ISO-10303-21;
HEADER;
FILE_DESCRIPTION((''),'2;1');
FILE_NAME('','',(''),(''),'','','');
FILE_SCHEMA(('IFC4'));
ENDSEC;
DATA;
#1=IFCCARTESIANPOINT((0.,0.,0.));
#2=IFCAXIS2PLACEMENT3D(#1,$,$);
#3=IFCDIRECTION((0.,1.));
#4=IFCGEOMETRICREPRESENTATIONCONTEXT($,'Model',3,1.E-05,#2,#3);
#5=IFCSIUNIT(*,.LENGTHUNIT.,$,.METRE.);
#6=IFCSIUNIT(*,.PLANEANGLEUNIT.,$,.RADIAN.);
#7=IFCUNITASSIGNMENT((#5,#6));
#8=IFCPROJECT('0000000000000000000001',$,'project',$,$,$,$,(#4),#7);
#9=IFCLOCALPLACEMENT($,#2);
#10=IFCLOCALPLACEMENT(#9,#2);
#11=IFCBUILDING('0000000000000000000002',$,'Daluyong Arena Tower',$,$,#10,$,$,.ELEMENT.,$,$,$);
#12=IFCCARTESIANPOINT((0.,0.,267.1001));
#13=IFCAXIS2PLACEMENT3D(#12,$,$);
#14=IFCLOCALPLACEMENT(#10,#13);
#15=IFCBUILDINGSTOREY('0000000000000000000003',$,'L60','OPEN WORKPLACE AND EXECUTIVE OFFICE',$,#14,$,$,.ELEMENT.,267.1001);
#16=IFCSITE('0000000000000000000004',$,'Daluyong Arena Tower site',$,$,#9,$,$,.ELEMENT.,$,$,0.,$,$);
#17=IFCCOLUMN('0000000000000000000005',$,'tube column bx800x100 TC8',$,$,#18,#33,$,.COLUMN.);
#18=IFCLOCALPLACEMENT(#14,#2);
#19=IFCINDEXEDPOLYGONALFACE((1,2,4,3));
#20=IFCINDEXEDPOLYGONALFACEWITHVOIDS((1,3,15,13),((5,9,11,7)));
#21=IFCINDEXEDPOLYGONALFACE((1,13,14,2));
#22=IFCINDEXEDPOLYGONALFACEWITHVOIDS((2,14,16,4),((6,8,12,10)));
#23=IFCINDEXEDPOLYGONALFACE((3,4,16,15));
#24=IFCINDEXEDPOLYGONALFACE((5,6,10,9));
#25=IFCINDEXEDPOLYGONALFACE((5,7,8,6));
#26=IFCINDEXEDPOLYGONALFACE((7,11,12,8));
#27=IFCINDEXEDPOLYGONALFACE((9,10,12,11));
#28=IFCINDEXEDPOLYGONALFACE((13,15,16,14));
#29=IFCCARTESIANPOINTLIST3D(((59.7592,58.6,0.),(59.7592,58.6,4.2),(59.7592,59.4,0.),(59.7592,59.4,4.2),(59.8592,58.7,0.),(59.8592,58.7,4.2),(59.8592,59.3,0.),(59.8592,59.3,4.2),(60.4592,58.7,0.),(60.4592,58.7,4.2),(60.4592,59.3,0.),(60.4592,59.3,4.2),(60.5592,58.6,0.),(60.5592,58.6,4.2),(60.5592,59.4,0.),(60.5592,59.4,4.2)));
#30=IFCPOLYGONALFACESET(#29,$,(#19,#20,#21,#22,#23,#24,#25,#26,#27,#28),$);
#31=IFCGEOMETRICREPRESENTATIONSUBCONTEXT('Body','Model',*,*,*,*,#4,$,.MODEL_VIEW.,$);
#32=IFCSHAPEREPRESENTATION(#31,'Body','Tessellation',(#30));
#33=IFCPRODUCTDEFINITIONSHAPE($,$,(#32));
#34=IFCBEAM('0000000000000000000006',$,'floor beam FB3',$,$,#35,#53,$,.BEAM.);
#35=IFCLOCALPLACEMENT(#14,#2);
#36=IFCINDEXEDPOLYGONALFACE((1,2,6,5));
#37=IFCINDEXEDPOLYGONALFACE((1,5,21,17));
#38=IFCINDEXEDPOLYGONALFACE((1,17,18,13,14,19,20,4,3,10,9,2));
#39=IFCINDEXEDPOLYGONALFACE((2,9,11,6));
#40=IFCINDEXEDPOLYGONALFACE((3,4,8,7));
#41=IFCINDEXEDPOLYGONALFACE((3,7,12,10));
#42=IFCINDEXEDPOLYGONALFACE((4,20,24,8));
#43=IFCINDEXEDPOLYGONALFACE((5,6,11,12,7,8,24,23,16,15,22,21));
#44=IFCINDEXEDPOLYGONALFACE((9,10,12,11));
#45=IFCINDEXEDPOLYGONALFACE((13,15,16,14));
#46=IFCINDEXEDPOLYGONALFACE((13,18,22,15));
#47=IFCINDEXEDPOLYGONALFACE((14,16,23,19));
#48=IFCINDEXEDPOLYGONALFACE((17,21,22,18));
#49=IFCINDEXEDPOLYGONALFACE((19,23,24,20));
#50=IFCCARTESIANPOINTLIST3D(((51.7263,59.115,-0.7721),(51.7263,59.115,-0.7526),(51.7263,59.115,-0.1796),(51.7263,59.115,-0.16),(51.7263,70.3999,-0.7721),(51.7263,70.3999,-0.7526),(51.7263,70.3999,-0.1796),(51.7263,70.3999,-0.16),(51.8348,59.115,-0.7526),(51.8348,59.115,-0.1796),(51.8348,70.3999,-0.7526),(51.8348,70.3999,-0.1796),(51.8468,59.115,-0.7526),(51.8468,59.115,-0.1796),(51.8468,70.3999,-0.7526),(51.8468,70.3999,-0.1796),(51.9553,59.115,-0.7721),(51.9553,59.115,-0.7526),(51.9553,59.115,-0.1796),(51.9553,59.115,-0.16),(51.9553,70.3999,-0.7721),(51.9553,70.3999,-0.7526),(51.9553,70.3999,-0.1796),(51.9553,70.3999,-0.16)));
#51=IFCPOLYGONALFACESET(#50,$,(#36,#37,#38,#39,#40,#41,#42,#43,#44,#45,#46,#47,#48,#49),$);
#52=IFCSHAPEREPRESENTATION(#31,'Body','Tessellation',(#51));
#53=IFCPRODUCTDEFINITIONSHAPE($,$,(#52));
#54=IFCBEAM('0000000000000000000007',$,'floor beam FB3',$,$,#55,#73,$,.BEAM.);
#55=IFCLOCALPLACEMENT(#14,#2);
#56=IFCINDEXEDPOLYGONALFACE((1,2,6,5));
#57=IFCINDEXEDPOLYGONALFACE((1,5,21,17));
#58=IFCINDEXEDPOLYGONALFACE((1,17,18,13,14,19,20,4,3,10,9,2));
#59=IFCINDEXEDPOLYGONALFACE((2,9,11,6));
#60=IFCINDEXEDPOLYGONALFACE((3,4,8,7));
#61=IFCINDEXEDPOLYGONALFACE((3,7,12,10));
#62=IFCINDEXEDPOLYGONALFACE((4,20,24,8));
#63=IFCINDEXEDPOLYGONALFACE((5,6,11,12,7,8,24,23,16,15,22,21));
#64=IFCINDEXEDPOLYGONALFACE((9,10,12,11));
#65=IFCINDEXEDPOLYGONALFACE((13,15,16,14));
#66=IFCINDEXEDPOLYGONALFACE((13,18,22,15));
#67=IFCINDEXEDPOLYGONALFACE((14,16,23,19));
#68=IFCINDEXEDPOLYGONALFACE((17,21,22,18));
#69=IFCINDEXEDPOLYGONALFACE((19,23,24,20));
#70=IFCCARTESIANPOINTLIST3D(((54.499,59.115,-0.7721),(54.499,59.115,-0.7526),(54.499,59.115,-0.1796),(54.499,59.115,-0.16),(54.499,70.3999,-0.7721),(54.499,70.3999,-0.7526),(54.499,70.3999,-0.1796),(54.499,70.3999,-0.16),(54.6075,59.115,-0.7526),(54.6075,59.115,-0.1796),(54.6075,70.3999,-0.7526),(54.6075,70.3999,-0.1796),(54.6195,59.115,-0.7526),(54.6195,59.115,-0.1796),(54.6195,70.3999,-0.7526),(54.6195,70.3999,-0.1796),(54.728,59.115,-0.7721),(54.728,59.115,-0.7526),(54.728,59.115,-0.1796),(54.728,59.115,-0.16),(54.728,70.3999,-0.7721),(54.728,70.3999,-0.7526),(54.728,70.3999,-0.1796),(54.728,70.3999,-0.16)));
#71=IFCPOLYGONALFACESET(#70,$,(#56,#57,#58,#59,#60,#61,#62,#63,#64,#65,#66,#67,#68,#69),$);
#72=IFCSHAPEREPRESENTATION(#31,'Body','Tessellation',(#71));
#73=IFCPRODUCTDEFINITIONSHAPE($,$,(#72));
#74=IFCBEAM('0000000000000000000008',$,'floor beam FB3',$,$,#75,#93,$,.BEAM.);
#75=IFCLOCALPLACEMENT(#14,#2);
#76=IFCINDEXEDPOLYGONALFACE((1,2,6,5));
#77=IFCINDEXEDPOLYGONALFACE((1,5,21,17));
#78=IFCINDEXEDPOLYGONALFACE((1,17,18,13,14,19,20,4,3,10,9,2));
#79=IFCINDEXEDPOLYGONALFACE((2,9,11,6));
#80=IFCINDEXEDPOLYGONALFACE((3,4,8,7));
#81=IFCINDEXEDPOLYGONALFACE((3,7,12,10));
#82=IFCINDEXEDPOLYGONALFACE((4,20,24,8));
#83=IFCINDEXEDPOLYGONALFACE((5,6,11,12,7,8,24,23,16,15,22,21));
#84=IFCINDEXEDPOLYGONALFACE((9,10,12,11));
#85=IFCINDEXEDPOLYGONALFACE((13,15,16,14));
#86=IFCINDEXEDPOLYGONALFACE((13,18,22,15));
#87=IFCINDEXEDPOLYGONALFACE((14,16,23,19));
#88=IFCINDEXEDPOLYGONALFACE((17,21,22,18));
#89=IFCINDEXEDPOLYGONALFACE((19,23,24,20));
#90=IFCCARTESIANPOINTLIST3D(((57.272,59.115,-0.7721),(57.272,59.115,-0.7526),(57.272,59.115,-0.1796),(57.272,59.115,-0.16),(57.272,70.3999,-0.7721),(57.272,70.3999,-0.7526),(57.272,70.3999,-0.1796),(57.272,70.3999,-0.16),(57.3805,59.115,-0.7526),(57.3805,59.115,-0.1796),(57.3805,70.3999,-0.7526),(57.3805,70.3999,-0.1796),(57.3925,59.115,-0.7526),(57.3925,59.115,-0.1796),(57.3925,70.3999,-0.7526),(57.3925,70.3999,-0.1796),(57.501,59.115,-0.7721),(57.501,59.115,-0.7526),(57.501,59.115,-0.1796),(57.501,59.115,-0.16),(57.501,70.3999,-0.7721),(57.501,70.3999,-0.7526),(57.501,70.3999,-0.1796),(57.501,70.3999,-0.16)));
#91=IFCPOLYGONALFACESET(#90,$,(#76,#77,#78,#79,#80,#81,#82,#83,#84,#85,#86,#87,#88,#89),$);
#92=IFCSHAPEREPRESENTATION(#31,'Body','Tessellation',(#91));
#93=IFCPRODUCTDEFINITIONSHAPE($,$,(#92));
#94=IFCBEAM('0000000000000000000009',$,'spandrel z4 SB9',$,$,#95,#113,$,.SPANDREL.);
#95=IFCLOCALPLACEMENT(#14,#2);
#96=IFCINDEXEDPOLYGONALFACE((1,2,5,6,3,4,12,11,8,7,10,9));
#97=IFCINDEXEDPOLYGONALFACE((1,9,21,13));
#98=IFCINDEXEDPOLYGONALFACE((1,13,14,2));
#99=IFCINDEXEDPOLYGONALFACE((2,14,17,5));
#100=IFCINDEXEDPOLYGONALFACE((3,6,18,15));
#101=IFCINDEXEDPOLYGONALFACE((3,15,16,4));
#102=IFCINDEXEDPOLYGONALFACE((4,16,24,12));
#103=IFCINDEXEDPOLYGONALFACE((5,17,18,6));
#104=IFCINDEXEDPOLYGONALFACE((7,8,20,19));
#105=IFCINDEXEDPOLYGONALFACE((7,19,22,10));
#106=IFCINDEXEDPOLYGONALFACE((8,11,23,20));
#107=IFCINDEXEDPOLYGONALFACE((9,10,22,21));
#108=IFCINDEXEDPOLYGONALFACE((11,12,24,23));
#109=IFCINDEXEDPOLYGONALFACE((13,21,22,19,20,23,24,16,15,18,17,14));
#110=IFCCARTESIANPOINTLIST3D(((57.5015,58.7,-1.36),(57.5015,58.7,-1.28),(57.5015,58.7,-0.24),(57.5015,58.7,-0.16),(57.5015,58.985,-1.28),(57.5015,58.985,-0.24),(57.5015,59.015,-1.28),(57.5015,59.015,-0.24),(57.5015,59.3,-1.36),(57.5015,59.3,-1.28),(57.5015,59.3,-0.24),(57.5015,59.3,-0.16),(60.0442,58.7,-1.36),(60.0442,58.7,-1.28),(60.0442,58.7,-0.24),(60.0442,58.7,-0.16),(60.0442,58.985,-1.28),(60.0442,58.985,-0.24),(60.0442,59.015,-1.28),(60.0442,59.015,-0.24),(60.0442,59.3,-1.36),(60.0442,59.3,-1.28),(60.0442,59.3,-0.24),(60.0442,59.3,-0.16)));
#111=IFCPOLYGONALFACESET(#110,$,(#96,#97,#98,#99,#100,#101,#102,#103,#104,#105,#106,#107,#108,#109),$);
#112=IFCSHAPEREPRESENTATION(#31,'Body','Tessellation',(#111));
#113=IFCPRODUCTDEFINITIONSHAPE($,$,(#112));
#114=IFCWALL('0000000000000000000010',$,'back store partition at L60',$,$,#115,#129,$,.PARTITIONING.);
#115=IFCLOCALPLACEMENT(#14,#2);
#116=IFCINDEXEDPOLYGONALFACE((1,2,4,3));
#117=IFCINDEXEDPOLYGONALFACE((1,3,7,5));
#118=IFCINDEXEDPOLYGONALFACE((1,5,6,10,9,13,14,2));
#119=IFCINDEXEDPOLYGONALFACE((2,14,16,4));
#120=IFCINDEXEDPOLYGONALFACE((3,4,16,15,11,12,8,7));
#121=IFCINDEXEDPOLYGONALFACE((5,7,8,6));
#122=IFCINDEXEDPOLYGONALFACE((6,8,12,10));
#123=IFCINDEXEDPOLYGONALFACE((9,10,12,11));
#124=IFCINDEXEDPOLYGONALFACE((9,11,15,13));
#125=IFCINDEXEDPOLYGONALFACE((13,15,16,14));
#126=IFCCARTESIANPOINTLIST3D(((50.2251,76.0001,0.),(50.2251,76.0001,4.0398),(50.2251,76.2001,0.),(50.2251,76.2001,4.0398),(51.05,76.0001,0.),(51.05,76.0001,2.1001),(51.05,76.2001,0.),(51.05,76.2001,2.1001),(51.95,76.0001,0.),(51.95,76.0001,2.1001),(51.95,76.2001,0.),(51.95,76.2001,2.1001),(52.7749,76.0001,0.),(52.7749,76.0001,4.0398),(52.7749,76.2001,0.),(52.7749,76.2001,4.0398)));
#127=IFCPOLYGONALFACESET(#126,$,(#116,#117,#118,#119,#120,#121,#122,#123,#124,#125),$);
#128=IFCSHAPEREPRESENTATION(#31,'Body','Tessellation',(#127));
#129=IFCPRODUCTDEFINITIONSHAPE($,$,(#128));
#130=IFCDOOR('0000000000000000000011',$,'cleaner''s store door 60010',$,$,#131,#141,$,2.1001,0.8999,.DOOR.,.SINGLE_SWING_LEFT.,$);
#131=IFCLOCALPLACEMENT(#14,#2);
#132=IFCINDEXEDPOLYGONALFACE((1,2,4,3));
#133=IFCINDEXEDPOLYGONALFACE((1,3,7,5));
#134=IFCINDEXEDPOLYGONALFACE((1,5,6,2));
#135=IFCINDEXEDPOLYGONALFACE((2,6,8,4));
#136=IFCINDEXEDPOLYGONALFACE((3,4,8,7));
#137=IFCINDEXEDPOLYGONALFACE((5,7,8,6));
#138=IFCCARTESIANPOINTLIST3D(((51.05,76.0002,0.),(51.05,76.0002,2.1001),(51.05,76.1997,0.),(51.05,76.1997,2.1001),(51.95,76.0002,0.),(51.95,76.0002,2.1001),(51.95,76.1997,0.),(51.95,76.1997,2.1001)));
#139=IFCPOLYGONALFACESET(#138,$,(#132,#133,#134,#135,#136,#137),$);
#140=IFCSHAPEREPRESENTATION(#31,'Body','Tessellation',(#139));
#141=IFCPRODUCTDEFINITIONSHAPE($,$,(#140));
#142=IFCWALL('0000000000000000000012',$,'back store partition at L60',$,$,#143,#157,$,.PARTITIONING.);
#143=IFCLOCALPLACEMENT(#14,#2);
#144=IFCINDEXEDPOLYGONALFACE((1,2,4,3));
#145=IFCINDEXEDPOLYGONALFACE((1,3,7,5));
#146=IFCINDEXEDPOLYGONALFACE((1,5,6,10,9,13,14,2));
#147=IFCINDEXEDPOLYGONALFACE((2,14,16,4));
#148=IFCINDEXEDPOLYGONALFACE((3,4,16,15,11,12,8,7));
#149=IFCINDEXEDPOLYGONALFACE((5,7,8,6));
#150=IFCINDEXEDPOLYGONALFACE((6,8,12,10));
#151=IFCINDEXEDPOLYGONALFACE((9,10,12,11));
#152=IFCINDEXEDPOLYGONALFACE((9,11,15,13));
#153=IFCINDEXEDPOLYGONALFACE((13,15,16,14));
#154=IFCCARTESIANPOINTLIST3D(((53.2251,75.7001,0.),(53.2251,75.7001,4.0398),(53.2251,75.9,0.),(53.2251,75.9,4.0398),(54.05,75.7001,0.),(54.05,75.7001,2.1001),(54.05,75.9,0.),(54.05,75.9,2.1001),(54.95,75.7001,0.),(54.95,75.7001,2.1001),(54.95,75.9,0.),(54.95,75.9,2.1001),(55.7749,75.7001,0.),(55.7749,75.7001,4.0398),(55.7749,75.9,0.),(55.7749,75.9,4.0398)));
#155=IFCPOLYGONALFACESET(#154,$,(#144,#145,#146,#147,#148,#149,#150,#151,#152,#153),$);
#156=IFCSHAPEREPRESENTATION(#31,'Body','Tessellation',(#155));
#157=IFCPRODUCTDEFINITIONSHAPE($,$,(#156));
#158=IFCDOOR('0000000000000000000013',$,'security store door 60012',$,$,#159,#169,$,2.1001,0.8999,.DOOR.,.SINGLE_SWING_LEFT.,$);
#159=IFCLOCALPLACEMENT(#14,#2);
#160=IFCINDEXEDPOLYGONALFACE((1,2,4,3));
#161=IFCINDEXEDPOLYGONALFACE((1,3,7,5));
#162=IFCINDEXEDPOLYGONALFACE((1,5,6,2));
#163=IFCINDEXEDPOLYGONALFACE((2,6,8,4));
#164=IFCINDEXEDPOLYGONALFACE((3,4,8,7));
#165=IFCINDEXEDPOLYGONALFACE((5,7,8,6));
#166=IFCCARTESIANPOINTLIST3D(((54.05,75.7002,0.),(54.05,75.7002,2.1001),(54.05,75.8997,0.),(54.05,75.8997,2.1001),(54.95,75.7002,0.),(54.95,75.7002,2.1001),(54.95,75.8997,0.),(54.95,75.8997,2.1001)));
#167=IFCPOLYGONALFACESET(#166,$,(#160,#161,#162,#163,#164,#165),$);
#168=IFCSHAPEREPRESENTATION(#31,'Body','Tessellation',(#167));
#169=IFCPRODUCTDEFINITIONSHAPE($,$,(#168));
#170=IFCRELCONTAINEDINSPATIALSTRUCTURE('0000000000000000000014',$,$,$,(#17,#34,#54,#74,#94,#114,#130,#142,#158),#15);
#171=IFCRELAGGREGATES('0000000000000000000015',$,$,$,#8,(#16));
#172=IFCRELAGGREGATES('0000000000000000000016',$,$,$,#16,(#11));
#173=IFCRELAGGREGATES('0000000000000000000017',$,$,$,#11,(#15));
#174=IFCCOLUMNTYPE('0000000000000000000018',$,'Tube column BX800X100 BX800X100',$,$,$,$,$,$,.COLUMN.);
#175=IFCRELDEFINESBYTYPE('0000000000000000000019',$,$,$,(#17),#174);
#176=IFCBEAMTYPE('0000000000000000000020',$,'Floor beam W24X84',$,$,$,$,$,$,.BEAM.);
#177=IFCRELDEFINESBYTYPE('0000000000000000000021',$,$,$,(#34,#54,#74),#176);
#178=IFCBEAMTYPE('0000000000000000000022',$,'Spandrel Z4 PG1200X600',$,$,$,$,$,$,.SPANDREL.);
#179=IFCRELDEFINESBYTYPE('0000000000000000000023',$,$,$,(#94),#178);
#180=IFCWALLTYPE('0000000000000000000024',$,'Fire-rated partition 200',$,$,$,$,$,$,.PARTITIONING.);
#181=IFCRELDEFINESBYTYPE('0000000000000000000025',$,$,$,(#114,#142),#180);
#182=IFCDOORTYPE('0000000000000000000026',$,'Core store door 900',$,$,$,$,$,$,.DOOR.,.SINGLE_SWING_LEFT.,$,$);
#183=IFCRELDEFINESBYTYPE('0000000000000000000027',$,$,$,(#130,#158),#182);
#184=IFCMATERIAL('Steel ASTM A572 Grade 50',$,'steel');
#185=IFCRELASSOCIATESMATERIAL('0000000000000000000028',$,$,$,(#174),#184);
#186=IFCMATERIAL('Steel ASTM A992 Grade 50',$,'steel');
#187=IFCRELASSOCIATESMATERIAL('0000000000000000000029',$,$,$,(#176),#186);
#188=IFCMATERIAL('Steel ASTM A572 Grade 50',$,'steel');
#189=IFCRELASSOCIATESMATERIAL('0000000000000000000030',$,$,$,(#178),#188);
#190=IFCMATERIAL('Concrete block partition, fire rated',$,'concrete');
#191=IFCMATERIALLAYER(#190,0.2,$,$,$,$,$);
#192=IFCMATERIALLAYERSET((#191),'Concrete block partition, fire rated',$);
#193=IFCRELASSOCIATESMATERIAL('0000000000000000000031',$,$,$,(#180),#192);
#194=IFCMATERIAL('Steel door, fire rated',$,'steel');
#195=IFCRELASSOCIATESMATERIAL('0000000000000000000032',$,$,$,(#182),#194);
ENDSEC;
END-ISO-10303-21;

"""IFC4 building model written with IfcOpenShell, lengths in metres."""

from ifc_helpers import new_model, si_unit, direction, frame, frame_2d, origin, origin_2d, place, context, subcontext, project, spatial, rectangle, hollow_rectangle, i_section, extrude, material, layer, layer_set, material_profile, profile_set, type_object, element, fill, save


model = new_model("IFC4")

# Units and contexts
model_context = context("Model", 3, precision=1e-05, world=origin(), true_north=direction((0.0, 1.0)))
body_context = subcontext(model_context, "Body", "Model", "MODEL_VIEW")
ifc_project = project(units=[si_unit("LENGTHUNIT", "METRE"), si_unit("PLANEANGLEUNIT", "RADIAN")], contexts=[model_context])

# Site, building, storey
site_placement = place(None, origin())
site = spatial("IfcSite", under=ifc_project, at=site_placement, Name="Daluyong Arena Tower site", CompositionType="ELEMENT", RefElevation=0.0)
building_placement = place(site_placement, origin())
building = spatial("IfcBuilding", under=site, at=building_placement, Name="Daluyong Arena Tower", CompositionType="ELEMENT")
storey_placement = place(building_placement, frame((0.0, 0.0, 267.1001)))
storey = spatial("IfcBuildingStorey", under=building, at=storey_placement, Name="L60", Description="OPEN WORKPLACE AND EXECUTIVE OFFICE", CompositionType="ELEMENT", Elevation=267.1001)

# Column
ifc_material_1 = material(Name="Steel ASTM A572 Grade 50", Category="steel")
ifc_material_profile_1 = material_profile(ifc_material_1, hollow_rectangle(XDim=0.8, YDim=0.8, WallThickness=0.1, at=origin_2d()))
ifc_profile_set_1 = profile_set([ifc_material_profile_1], Name="Steel ASTM A572 Grade 50")
column_type = type_object("IfcColumnType", Name="Tube column BX800X100 BX800X100", PredefinedType="COLUMN", material=ifc_profile_set_1)
column_placement = place(storey_placement, frame((60.1592, 59.0, 0.0), z_axis=(0.0, 0.0, 1.0), x_axis=(1.0, 0.0, 0.0)))
element("IfcColumn", 1, at=column_placement, inside=storey, type_object=column_type, Name="tube column bx800x100 TC8", PredefinedType="COLUMN", context=body_context, shape_type="SweptSolid", body=[
    extrude(hollow_rectangle(XDim=0.8, YDim=0.8, WallThickness=0.1, at=origin_2d()), origin(), (0.0, 0.0, 1.0), 4.2),
])

# Beams
ifc_material_2 = material(Name="Steel ASTM A992 Grade 50", Category="steel")
ifc_material_profile_2 = material_profile(ifc_material_2, i_section(OverallWidth=0.229, OverallDepth=0.6121, WebThickness=0.012, FlangeThickness=0.0195, at=origin_2d()))
ifc_profile_set_2 = profile_set([ifc_material_profile_2], Name="Steel ASTM A992 Grade 50")
beam_type_1 = type_object("IfcBeamType", Name="Floor beam W24X84", PredefinedType="BEAM", material=ifc_profile_set_2)
for number, where, z_axis, x_axis, name in (
    (2, (51.8408, 59.115, -0.4661), (0.0, 1.0, 0.0), (-1.0, 0.0, 0.0), "floor beam FB3"),
    (3, (54.6135, 59.115, -0.4661), (0.0, 1.0, 0.0), (-1.0, 0.0, 0.0), "floor beam FB3"),
    (4, (57.3865, 59.115, -0.4661), (0.0, 1.0, 0.0), (-1.0, 0.0, 0.0), "floor beam FB3"),
):
    element("IfcBeam", number, at=place(storey_placement, frame(where, z_axis=z_axis, x_axis=x_axis)), inside=storey, type_object=beam_type_1, Name=name, PredefinedType="BEAM", context=body_context, shape_type="SweptSolid", body=[
        extrude(i_section(OverallWidth=0.229, OverallDepth=0.6121, WebThickness=0.012, FlangeThickness=0.0195, at=origin_2d()), origin(), (0.0, 0.0, 1.0), 11.2849),
    ])
ifc_material_3 = material(Name="Steel ASTM A572 Grade 50", Category="steel")
ifc_material_profile_3 = material_profile(ifc_material_3, i_section(OverallWidth=0.6001, OverallDepth=1.2, WebThickness=0.03, FlangeThickness=0.08, at=origin_2d()))
ifc_profile_set_3 = profile_set([ifc_material_profile_3], Name="Steel ASTM A572 Grade 50")
beam_type_2 = type_object("IfcBeamType", Name="Spandrel Z4 PG1200X600", PredefinedType="SPANDREL", material=ifc_profile_set_3)
beam_placement = place(storey_placement, frame((57.5015, 59.0, -0.76), z_axis=(1.0, 0.0, 0.0), x_axis=(0.0, 1.0, 0.0)))
element("IfcBeam", 5, at=beam_placement, inside=storey, type_object=beam_type_2, Name="spandrel z4 SB9", PredefinedType="SPANDREL", context=body_context, shape_type="SweptSolid", body=[
    extrude(i_section(OverallWidth=0.6001, OverallDepth=1.2, WebThickness=0.03, FlangeThickness=0.08, at=origin_2d()), origin(), (0.0, 0.0, 1.0), 2.5427),
])

# Walls, openings, doors
ifc_material_4 = material(Name="Concrete block partition, fire rated", Category="concrete")
ifc_layer_1 = layer(ifc_material_4, 0.2)
ifc_layer_set_1 = layer_set([ifc_layer_1], Name="Concrete block partition, fire rated")
wall_type_1 = type_object("IfcWallType", Name="Fire-rated partition 200", PredefinedType="PARTITIONING", material=ifc_layer_set_1)
wall_1_placement = place(storey_placement, frame((50.2251, 76.1001, 0.0), z_axis=(0.0, 0.0, 1.0), x_axis=(1.0, 0.0, 0.0)))
wall_1 = element("IfcWall", 6, at=wall_1_placement, inside=storey, type_object=wall_type_1, Name="back store partition at L60", PredefinedType="PARTITIONING", context=body_context, shape_type="SweptSolid", body=[
    extrude(rectangle(XDim=2.5498, YDim=0.2, at=frame_2d((1.2749, 0.0))), origin(), (0.0, 0.0, 1.0), 4.0398),
])
opening_1_placement = place(wall_1_placement, frame((0.825, 0.0, 0.0)))
opening_1 = element("IfcOpeningElement", 7, at=opening_1_placement, cuts=wall_1, PredefinedType="OPENING", context=body_context, shape_type="SweptSolid", body=[
    extrude(rectangle(XDim=0.8999, YDim=2.1001, at=frame_2d((0.45, 1.05))), frame((0.0, 0.1099, 0.0), z_axis=(0.0, -1.0, 0.0), x_axis=(1.0, 0.0, 0.0)), (0.0, 0.0, 1.0), 0.22),
])
ifc_material_5 = material(Name="Steel door, fire rated", Category="steel")
door_type_1 = type_object("IfcDoorType", Name="Core store door 900", OperationType="SINGLE_SWING_LEFT", PredefinedType="DOOR", material=ifc_material_5)
door_1_placement = place(opening_1_placement, origin())
door_1 = element("IfcDoor", 8, at=door_1_placement, inside=storey, type_object=door_type_1, Name="cleaner's store door 60010", OperationType="SINGLE_SWING_LEFT", OverallHeight=2.1001, OverallWidth=0.8999, PredefinedType="DOOR", context=body_context, shape_type="SweptSolid", body=[
    extrude(rectangle(XDim=0.8999, YDim=2.1001, at=frame_2d((0.45, 1.05))), frame((0.0, 0.0996, 0.0), z_axis=(0.0, -1.0, 0.0), x_axis=(1.0, 0.0, 0.0)), (0.0, 0.0, 1.0), 0.1995),
])
fill(opening_1, door_1)
wall_2_placement = place(storey_placement, frame((53.2251, 75.8, 0.0), z_axis=(0.0, 0.0, 1.0), x_axis=(1.0, 0.0, 0.0)))
wall_2 = element("IfcWall", 9, at=wall_2_placement, inside=storey, type_object=wall_type_1, Name="back store partition at L60", PredefinedType="PARTITIONING", context=body_context, shape_type="SweptSolid", body=[
    extrude(rectangle(XDim=2.5498, YDim=0.2, at=frame_2d((1.2749, 0.0))), origin(), (0.0, 0.0, 1.0), 4.0398),
])
opening_2_placement = place(wall_2_placement, frame((0.825, 0.0, 0.0)))
opening_2 = element("IfcOpeningElement", 10, at=opening_2_placement, cuts=wall_2, PredefinedType="OPENING", context=body_context, shape_type="SweptSolid", body=[
    extrude(rectangle(XDim=0.8999, YDim=2.1001, at=frame_2d((0.45, 1.05))), frame((0.0, 0.1099, 0.0), z_axis=(0.0, -1.0, 0.0), x_axis=(1.0, 0.0, 0.0)), (0.0, 0.0, 1.0), 0.22),
])
door_2_placement = place(opening_2_placement, origin())
door_2 = element("IfcDoor", 11, at=door_2_placement, inside=storey, type_object=door_type_1, Name="security store door 60012", OperationType="SINGLE_SWING_LEFT", OverallHeight=2.1001, OverallWidth=0.8999, PredefinedType="DOOR", context=body_context, shape_type="SweptSolid", body=[
    extrude(rectangle(XDim=0.8999, YDim=2.1001, at=frame_2d((0.45, 1.05))), frame((0.0, 0.0996, 0.0), z_axis=(0.0, -1.0, 0.0), x_axis=(1.0, 0.0, 0.0)), (0.0, 0.0, 1.0), 0.1995),
])
fill(opening_2, door_2)

save(model, "model.ifc")
